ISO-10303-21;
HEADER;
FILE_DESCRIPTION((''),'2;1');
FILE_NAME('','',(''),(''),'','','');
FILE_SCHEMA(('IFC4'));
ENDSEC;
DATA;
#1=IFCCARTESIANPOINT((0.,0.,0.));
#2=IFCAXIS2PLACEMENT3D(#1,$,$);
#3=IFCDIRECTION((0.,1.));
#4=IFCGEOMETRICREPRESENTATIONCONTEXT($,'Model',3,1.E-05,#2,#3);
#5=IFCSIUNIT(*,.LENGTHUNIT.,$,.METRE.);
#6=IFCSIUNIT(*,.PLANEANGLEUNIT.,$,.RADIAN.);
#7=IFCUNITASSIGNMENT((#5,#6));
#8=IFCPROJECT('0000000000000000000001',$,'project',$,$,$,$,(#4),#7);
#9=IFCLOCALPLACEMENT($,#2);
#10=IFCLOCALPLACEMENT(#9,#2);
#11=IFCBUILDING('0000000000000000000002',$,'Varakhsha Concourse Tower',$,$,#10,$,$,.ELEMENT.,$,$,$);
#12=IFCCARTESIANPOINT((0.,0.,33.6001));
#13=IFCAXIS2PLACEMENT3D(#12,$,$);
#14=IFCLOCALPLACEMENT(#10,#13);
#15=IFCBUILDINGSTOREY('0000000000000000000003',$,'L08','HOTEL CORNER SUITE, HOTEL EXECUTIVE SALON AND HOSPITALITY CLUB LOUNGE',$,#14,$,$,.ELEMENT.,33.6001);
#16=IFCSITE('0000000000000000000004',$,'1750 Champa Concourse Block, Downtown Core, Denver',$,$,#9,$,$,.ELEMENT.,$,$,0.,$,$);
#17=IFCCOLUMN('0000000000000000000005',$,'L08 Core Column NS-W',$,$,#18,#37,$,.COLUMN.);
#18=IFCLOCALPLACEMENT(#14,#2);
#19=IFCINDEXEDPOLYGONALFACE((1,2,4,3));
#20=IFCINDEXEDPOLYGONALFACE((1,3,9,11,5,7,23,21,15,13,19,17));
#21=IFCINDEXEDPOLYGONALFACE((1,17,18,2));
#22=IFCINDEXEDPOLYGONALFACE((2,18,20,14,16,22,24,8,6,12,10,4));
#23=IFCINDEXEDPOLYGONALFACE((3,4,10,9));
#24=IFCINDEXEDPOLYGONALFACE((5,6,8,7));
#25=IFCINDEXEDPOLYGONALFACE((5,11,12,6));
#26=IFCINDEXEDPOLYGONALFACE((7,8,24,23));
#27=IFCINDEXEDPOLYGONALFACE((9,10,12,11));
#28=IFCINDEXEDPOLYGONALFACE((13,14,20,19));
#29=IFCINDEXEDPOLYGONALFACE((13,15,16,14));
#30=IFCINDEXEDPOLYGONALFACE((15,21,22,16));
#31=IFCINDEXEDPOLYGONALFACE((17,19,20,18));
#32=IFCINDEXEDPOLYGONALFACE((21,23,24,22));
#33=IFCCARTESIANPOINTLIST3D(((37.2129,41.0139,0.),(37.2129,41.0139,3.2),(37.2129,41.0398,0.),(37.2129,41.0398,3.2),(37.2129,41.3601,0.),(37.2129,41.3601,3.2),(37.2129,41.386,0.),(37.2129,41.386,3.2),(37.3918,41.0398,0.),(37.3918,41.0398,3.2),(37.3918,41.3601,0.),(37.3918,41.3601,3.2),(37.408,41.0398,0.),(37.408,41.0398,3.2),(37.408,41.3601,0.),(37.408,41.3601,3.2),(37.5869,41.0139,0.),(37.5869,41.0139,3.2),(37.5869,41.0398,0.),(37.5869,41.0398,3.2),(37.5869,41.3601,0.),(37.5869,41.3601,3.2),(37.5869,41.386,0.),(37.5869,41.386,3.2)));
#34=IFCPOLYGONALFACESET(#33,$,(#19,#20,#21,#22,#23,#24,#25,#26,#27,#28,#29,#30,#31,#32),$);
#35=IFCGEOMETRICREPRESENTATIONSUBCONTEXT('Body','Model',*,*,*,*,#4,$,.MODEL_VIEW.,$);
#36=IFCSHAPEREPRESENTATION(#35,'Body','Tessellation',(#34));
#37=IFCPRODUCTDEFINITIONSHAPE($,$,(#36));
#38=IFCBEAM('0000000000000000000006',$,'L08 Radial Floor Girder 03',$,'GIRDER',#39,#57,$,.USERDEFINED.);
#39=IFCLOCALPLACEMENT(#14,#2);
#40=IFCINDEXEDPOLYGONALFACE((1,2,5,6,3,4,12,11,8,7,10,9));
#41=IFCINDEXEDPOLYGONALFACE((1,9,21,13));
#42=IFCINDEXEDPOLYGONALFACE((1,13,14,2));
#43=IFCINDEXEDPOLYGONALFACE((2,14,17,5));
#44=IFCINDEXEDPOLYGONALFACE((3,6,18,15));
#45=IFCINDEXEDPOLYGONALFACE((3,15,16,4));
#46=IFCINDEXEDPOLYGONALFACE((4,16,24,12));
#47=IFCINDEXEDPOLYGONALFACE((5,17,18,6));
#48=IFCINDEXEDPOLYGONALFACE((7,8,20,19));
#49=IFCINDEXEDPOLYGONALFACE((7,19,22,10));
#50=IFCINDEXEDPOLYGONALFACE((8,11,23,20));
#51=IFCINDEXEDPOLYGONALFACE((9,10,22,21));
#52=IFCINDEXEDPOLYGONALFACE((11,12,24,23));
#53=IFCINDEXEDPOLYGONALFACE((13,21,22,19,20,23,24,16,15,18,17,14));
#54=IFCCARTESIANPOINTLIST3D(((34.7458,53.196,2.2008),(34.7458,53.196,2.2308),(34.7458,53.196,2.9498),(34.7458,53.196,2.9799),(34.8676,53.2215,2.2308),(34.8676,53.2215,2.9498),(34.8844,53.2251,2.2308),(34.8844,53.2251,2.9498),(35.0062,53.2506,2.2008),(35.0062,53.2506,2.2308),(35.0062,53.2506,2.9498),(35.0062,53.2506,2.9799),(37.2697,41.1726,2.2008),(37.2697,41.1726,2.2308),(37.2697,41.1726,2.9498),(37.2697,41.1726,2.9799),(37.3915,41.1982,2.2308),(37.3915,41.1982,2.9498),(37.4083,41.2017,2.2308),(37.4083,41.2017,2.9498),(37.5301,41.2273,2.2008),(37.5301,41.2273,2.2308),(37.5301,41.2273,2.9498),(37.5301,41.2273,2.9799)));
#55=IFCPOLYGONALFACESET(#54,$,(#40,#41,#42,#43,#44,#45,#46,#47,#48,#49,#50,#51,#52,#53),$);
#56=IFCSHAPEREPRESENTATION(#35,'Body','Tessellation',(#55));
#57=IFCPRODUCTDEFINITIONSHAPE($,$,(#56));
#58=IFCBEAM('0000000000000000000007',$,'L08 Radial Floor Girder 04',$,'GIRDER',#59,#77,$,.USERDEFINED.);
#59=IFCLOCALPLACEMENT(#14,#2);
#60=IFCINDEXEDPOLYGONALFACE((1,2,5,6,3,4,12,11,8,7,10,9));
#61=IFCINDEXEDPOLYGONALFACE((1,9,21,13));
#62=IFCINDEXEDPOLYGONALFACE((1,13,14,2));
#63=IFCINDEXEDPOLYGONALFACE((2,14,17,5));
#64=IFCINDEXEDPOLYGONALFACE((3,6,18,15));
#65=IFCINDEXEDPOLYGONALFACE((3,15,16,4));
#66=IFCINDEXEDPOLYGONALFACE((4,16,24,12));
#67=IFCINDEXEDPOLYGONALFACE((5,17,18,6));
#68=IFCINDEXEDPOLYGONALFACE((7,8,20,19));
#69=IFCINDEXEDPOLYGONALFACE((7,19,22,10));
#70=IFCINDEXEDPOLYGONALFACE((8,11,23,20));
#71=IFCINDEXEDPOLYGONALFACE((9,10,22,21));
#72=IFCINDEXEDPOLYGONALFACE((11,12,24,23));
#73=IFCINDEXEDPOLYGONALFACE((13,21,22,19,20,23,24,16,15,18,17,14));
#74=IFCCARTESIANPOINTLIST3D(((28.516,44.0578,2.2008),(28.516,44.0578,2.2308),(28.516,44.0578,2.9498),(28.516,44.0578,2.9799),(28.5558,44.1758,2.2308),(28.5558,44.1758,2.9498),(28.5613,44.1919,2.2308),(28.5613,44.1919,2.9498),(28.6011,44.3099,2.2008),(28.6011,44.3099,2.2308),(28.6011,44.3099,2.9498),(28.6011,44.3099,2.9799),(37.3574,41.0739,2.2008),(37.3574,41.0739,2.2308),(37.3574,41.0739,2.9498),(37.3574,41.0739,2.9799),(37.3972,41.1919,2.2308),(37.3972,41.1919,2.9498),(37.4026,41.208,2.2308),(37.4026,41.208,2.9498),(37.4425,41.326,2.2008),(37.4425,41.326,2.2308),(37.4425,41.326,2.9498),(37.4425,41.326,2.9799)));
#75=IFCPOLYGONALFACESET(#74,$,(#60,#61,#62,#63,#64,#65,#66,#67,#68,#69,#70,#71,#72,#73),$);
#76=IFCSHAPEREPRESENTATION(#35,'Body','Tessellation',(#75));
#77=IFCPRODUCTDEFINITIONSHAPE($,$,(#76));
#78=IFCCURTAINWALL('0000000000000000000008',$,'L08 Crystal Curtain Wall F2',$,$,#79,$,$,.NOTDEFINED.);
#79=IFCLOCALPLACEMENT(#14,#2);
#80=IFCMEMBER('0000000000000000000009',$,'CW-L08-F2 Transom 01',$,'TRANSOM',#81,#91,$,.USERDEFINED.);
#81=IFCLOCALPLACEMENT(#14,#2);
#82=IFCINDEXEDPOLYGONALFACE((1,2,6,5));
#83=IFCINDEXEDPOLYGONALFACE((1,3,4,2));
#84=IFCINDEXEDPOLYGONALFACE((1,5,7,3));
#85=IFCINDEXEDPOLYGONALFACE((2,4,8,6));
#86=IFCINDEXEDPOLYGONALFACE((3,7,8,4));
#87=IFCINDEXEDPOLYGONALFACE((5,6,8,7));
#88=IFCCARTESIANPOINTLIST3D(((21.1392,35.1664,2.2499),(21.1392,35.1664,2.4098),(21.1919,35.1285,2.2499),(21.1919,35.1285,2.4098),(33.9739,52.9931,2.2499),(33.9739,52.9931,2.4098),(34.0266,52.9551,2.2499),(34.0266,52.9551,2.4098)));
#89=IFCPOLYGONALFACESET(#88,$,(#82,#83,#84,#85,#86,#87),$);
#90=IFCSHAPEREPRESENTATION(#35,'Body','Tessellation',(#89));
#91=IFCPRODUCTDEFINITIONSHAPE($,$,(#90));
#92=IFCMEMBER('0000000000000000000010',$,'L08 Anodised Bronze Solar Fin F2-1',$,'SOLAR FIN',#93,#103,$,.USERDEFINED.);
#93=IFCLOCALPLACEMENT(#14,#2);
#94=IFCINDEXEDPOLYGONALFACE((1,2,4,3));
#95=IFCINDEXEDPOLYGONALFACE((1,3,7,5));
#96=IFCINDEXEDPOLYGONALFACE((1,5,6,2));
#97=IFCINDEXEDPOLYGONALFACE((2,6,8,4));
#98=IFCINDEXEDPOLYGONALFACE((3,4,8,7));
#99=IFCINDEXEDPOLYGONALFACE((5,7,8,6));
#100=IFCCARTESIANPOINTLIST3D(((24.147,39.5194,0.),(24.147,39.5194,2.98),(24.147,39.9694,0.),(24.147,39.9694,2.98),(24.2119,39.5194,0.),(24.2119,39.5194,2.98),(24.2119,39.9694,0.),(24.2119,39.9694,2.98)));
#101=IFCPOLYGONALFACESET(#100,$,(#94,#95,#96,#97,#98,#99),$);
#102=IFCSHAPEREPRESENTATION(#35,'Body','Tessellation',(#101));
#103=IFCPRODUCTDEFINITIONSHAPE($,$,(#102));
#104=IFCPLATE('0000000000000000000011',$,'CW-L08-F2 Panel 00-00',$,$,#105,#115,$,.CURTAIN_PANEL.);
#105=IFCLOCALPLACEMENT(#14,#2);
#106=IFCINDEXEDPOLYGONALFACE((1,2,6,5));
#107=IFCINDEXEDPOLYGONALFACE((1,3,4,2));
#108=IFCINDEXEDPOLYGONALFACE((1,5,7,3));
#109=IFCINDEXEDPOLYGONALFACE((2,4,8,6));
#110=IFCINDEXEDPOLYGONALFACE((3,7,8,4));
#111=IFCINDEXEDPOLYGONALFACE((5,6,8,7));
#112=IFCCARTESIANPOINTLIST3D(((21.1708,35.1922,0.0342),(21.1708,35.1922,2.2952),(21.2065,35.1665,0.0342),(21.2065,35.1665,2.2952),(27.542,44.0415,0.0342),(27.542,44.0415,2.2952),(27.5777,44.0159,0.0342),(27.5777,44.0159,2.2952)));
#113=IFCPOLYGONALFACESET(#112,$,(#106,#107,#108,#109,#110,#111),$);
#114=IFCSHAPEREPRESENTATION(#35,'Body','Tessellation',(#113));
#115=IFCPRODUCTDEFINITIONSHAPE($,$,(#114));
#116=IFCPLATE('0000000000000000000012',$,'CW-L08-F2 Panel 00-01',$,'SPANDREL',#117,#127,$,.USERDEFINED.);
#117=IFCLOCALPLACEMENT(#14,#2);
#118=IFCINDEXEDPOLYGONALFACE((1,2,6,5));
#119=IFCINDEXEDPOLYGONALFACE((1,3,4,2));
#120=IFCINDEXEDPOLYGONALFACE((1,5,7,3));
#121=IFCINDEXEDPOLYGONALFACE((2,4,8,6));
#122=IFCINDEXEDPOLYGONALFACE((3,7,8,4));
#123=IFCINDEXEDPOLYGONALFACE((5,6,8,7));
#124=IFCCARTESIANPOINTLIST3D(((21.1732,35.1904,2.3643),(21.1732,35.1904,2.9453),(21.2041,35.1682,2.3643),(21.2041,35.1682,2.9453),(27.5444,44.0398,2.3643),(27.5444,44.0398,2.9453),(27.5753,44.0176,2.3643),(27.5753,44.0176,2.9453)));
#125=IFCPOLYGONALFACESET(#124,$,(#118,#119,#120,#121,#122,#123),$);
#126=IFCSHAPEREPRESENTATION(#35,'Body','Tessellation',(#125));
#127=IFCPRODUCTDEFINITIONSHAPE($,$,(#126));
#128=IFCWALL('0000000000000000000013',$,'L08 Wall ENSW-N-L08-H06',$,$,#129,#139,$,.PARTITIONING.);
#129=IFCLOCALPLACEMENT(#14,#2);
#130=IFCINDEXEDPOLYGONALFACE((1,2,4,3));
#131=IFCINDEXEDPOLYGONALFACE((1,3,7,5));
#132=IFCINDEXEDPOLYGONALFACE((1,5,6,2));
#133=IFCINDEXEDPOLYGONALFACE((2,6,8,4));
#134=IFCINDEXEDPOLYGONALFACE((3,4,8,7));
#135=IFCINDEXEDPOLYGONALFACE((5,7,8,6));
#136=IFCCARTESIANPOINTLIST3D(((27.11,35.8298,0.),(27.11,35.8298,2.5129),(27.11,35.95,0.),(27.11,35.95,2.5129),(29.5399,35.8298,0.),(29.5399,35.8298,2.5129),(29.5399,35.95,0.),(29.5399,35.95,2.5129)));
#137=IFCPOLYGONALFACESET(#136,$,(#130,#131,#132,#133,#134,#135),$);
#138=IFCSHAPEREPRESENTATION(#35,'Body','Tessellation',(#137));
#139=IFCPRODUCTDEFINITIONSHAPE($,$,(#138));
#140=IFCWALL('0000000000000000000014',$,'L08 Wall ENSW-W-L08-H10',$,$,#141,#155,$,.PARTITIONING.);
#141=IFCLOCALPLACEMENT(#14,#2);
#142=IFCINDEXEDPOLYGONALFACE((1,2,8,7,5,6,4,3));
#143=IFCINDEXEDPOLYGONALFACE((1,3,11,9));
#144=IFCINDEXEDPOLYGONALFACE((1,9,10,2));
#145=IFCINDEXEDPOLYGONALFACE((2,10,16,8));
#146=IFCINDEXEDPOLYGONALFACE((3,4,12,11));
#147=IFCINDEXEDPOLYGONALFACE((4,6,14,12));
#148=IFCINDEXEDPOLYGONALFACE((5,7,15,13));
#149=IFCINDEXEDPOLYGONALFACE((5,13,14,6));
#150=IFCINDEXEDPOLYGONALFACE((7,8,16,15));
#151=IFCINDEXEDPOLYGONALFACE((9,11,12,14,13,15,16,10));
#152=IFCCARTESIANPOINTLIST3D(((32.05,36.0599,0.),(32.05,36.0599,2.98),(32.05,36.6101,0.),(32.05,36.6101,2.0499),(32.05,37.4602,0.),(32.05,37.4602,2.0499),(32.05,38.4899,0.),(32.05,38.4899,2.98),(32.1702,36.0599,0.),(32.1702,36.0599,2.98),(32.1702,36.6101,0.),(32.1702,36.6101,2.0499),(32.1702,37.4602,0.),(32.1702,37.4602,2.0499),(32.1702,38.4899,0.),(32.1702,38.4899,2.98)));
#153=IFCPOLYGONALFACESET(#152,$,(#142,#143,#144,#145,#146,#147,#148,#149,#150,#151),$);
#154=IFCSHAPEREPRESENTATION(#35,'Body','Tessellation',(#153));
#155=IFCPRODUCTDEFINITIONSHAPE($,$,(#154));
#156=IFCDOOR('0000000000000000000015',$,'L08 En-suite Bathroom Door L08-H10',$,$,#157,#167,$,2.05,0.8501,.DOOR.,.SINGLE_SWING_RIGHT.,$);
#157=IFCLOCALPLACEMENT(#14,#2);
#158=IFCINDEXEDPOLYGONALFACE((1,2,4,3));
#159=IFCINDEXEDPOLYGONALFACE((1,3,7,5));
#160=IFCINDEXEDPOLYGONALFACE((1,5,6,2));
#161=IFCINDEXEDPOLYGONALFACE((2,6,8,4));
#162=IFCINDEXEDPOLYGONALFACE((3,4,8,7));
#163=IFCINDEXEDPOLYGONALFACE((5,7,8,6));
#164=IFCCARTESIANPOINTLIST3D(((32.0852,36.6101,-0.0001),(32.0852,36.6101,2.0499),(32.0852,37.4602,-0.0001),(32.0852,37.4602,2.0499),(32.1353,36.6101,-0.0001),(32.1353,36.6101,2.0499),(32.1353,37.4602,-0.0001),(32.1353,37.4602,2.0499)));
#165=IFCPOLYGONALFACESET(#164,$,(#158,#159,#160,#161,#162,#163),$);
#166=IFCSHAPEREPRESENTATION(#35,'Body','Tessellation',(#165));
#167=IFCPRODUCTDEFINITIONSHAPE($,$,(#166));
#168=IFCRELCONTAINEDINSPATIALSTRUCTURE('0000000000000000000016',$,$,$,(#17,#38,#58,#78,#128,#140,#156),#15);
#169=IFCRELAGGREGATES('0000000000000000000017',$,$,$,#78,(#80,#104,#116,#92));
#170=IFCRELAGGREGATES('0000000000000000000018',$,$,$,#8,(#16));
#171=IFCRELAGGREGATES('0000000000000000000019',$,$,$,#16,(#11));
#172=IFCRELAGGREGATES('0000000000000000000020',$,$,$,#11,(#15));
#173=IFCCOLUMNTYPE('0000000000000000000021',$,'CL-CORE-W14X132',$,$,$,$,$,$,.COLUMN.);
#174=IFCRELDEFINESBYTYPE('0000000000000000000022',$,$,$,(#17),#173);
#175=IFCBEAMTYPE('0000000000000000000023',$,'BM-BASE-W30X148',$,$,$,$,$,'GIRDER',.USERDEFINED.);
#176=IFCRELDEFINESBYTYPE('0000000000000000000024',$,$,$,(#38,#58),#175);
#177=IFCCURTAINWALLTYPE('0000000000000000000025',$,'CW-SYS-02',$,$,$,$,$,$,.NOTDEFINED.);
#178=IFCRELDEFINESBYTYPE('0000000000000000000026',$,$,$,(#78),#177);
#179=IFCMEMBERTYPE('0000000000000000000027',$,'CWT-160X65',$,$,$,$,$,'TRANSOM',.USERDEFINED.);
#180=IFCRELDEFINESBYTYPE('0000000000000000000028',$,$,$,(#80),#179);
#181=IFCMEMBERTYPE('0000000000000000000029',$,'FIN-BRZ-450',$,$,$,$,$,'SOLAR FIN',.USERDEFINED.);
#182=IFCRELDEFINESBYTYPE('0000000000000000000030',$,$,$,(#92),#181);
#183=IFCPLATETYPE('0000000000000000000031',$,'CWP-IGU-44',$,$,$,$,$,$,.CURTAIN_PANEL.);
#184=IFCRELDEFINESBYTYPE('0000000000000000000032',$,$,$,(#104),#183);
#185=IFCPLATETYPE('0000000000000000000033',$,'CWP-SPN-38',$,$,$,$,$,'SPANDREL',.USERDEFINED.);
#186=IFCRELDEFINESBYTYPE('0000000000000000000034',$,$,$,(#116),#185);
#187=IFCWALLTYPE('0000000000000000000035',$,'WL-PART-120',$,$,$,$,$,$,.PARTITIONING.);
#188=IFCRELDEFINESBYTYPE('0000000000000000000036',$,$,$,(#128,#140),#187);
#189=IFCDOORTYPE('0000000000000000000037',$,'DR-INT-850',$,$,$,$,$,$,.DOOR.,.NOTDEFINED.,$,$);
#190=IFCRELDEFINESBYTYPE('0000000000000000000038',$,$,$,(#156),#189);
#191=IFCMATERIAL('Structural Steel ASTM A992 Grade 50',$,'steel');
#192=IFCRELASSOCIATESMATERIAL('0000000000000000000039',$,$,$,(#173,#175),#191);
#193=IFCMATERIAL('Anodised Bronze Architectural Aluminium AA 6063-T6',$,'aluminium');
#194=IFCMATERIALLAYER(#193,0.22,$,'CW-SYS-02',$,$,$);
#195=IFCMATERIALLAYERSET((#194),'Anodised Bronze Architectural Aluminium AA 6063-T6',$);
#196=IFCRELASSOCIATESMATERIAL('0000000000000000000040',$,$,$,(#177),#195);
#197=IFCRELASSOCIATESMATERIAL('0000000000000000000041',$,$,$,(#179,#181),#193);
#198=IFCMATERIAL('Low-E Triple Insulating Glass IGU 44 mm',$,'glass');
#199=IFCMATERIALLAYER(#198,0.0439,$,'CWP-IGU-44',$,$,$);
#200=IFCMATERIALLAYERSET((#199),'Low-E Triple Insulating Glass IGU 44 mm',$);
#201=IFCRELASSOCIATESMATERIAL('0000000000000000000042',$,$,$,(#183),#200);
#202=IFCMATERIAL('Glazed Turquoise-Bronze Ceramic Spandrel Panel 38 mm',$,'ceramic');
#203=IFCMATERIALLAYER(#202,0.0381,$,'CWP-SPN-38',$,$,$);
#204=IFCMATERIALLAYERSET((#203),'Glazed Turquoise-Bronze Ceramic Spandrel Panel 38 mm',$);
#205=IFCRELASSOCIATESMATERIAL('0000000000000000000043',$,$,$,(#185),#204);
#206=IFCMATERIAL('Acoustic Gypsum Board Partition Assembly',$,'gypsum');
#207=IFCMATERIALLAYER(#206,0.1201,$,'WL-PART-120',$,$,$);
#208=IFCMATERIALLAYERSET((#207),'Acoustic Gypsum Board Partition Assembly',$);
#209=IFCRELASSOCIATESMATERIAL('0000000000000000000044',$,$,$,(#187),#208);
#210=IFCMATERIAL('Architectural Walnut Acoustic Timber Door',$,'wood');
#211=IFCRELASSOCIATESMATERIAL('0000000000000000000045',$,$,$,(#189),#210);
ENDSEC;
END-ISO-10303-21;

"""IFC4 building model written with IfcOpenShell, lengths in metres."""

from ifc_helpers import new_model, si_unit, direction, frame, frame_2d, origin, origin_2d, place, context, subcontext, project, spatial, rectangle, i_section, extrude, source, transform, mapped, material, layer, layer_set, material_profile, profile_set, type_object, type_shapes, element, fill, aggregate, save


model = new_model("IFC4")

# Units and contexts
model_context = context("Model", 3, precision=1e-05, world=origin(), true_north=direction((0.0, 1.0)))
body_context = subcontext(model_context, "Body", "Model", "MODEL_VIEW")
ifc_project = project(units=[si_unit("LENGTHUNIT", "METRE"), si_unit("PLANEANGLEUNIT", "RADIAN")], contexts=[model_context])

# Site, building, storey
site_placement = place(None, origin())
site = spatial("IfcSite", under=ifc_project, at=site_placement, Name="1750 Champa Concourse Block, Downtown Core, Denver", CompositionType="ELEMENT", RefElevation=0.0)
building_placement = place(site_placement, origin())
building = spatial("IfcBuilding", under=site, at=building_placement, Name="Varakhsha Concourse Tower", CompositionType="ELEMENT")
storey_placement = place(building_placement, frame((0.0, 0.0, 33.6001)))
storey = spatial("IfcBuildingStorey", under=building, at=storey_placement, Name="L08", Description="HOTEL CORNER SUITE, HOTEL EXECUTIVE SALON AND HOSPITALITY CLUB LOUNGE", CompositionType="ELEMENT", Elevation=33.6001)

# Column
ifc_material_1 = material(Name="Structural Steel ASTM A992 Grade 50", Category="steel")
ifc_material_profile_1 = material_profile(ifc_material_1, i_section(OverallWidth=0.374, OverallDepth=0.3721, WebThickness=0.0161, FlangeThickness=0.0259, at=origin_2d()), Name="W14X132")
ifc_profile_set_1 = profile_set([ifc_material_profile_1], Name="Structural Steel ASTM A992 Grade 50")
column_type = type_object("IfcColumnType", Name="CL-CORE-W14X132", PredefinedType="COLUMN", material=ifc_profile_set_1)
column_placement = place(storey_placement, frame((37.3999, 41.2, 0.0), z_axis=(0.0, 0.0, 1.0), x_axis=(1.0, 0.0, 0.0)))
element("IfcColumn", 1, at=column_placement, inside=storey, type_object=column_type, Name="L08 Core Column NS-W", PredefinedType="COLUMN", context=body_context, shape_type="SweptSolid", body=[
    extrude(i_section(OverallWidth=0.374, OverallDepth=0.3721, WebThickness=0.0161, FlangeThickness=0.0259, at=origin_2d()), origin(), (0.0, 0.0, 1.0), 3.2),
])

# Beams
ifc_material_profile_2 = material_profile(ifc_material_1, i_section(OverallWidth=0.2661, OverallDepth=0.7791, WebThickness=0.0171, FlangeThickness=0.03, at=origin_2d()), Name="W30X148")
ifc_profile_set_2 = profile_set([ifc_material_profile_2], Name="Structural Steel ASTM A992 Grade 50")
beam_type = type_object("IfcBeamType", Name="BM-BASE-W30X148", ElementType="GIRDER", PredefinedType="USERDEFINED", material=ifc_profile_set_2)
beam_1_placement = place(storey_placement, frame((37.3999, 41.2, 2.5903), z_axis=(-0.20544, 0.97867, 0.0), x_axis=(-0.97867, -0.20544, 0.0)))
element("IfcBeam", 2, at=beam_1_placement, inside=storey, type_object=beam_type, Name="L08 Radial Floor Girder 03", ObjectType="GIRDER", PredefinedType="USERDEFINED", context=body_context, shape_type="SweptSolid", body=[
    extrude(i_section(OverallWidth=0.2661, OverallDepth=0.7791, WebThickness=0.0171, FlangeThickness=0.03, at=origin_2d()), origin(), (0.0, 0.0, 1.0), 12.2854),
])
beam_2_placement = place(storey_placement, frame((37.3999, 41.2, 2.5903), z_axis=(-0.947494, 0.319773, 0.0), x_axis=(-0.319773, -0.947494, 0.0)))
element("IfcBeam", 3, at=beam_2_placement, inside=storey, type_object=beam_type, Name="L08 Radial Floor Girder 04", ObjectType="GIRDER", PredefinedType="USERDEFINED", context=body_context, shape_type="SweptSolid", body=[
    extrude(i_section(OverallWidth=0.2661, OverallDepth=0.7791, WebThickness=0.0171, FlangeThickness=0.03, at=origin_2d()), origin(), (0.0, 0.0, 1.0), 9.3313),
])

# Curtain wall, members, plates
ifc_material_2 = material(Name="Anodised Bronze Architectural Aluminium AA 6063-T6", Category="aluminium")
ifc_layer_1 = layer(ifc_material_2, 0.22, Name="CW-SYS-02")
ifc_layer_set_1 = layer_set([ifc_layer_1], Name="Anodised Bronze Architectural Aluminium AA 6063-T6")
curtain_wall_type = type_object("IfcCurtainWallType", Name="CW-SYS-02", PredefinedType="NOTDEFINED", material=ifc_layer_set_1)
curtain_wall_placement = place(storey_placement, origin())
curtain_wall = element("IfcCurtainWall", 4, at=curtain_wall_placement, inside=storey, type_object=curtain_wall_type, Name="L08 Crystal Curtain Wall F2", PredefinedType="NOTDEFINED")
ifc_material_profile_3 = material_profile(ifc_material_2, rectangle(XDim=0.0649, YDim=0.1599, at=origin_2d()), Name="CWT-160X65")
ifc_profile_set_3 = profile_set([ifc_material_profile_3], Name="Anodised Bronze Architectural Aluminium AA 6063-T6")
member_type_1 = type_object("IfcMemberType", Name="CWT-160X65", ElementType="TRANSOM", PredefinedType="USERDEFINED", material=ifc_profile_set_3)
shared_shape_1 = source(origin(), body_context, "Body", "SweptSolid", [
    extrude(rectangle(XDim=0.0649, YDim=0.1599, at=origin_2d()), origin(), (0.0, 0.0, 1.0), 21.9663),
])
type_shapes(member_type_1, [shared_shape_1])
member_1_placement = place(storey_placement, frame((21.1655, 35.1475, 2.3298), z_axis=(0.58429, 0.811545, 0.0), x_axis=(-0.811545, 0.58429, 0.0)))
member_1 = element("IfcMember", 5, at=member_1_placement, type_object=member_type_1, Name="CW-L08-F2 Transom 01", ObjectType="TRANSOM", PredefinedType="USERDEFINED", context=body_context, shape_type="MappedRepresentation", body=[
    mapped(shared_shape_1, transform((0.0, 0.0, 0.0), scale=1.0)),
])
ifc_material_profile_4 = material_profile(ifc_material_2, rectangle(XDim=0.0649, YDim=0.45, at=origin_2d()), Name="FIN-BRZ-450")
ifc_profile_set_4 = profile_set([ifc_material_profile_4], Name="Anodised Bronze Architectural Aluminium AA 6063-T6")
member_type_2 = type_object("IfcMemberType", Name="FIN-BRZ-450", ElementType="SOLAR FIN", PredefinedType="USERDEFINED", material=ifc_profile_set_4)
shared_shape_2 = source(origin(), body_context, "Body", "SweptSolid", [
    extrude(rectangle(XDim=0.0649, YDim=0.45, at=origin_2d()), origin(), (0.0, 0.0, 1.0), 2.98),
])
type_shapes(member_type_2, [shared_shape_2])
member_2_placement = place(storey_placement, frame((24.1794, 39.7444, 0.0), z_axis=(0.0, 0.0, 1.0), x_axis=(1.0, 0.0, 0.0)))
member_2 = element("IfcMember", 6, at=member_2_placement, type_object=member_type_2, Name="L08 Anodised Bronze Solar Fin F2-1", ObjectType="SOLAR FIN", PredefinedType="USERDEFINED", context=body_context, shape_type="MappedRepresentation", body=[
    mapped(shared_shape_2, transform((0.0, 0.0, 0.0), scale=1.0)),
])
ifc_material_3 = material(Name="Low-E Triple Insulating Glass IGU 44 mm", Category="glass")
ifc_layer_2 = layer(ifc_material_3, 0.0439, Name="CWP-IGU-44")
ifc_layer_set_2 = layer_set([ifc_layer_2], Name="Low-E Triple Insulating Glass IGU 44 mm")
plate_type_1 = type_object("IfcPlateType", Name="CWP-IGU-44", PredefinedType="CURTAIN_PANEL", material=ifc_layer_set_2)
shared_shape_3 = source(origin(), body_context, "Body", "SweptSolid", [
    extrude(rectangle(XDim=10.9043, YDim=0.0439, at=origin_2d()), origin(), (0.0, 0.0, 1.0), 2.261),
])
type_shapes(plate_type_1, [shared_shape_3])
plate_1_placement = place(storey_placement, frame((24.3743, 39.604, 0.0342), z_axis=(0.0, 0.0, 1.0), x_axis=(0.584284, 0.81155, 0.0)))
plate_1 = element("IfcPlate", 7, at=plate_1_placement, type_object=plate_type_1, Name="CW-L08-F2 Panel 00-00", PredefinedType="CURTAIN_PANEL", context=body_context, shape_type="MappedRepresentation", body=[
    mapped(shared_shape_3, transform((0.0, 0.0, 0.0), scale=1.0)),
])
ifc_material_4 = material(Name="Glazed Turquoise-Bronze Ceramic Spandrel Panel 38 mm", Category="ceramic")
ifc_layer_3 = layer(ifc_material_4, 0.0381, Name="CWP-SPN-38")
ifc_layer_set_3 = layer_set([ifc_layer_3], Name="Glazed Turquoise-Bronze Ceramic Spandrel Panel 38 mm")
plate_type_2 = type_object("IfcPlateType", Name="CWP-SPN-38", ElementType="SPANDREL", PredefinedType="USERDEFINED", material=ifc_layer_set_3)
shared_shape_4 = source(origin(), body_context, "Body", "SweptSolid", [
    extrude(rectangle(XDim=10.9043, YDim=0.0381, at=origin_2d()), origin(), (0.0, 0.0, 1.0), 0.5811),
])
type_shapes(plate_type_2, [shared_shape_4])
plate_2_placement = place(storey_placement, frame((24.3743, 39.604, 2.3643), z_axis=(0.0, 0.0, 1.0), x_axis=(0.584284, 0.81155, 0.0)))
plate_2 = element("IfcPlate", 8, at=plate_2_placement, type_object=plate_type_2, Name="CW-L08-F2 Panel 00-01", ObjectType="SPANDREL", PredefinedType="USERDEFINED", context=body_context, shape_type="MappedRepresentation", body=[
    mapped(shared_shape_4, transform((0.0, 0.0, 0.0), scale=1.0)),
])
aggregate(curtain_wall, [member_1, plate_1, plate_2, member_2])

# Wall
ifc_material_5 = material(Name="Acoustic Gypsum Board Partition Assembly", Category="gypsum")
ifc_layer_4 = layer(ifc_material_5, 0.1201, Name="WL-PART-120")
ifc_layer_set_4 = layer_set([ifc_layer_4], Name="Acoustic Gypsum Board Partition Assembly")
wall_type_1 = type_object("IfcWallType", Name="WL-PART-120", PredefinedType="PARTITIONING", material=ifc_layer_set_4)
wall_1_placement = place(storey_placement, frame((27.1101, 35.8899, 0.0), z_axis=(0.0, 0.0, 1.0), x_axis=(1.0, 0.0, 0.0)))
element("IfcWall", 9, at=wall_1_placement, inside=storey, type_object=wall_type_1, Name="L08 Wall ENSW-N-L08-H06", PredefinedType="PARTITIONING", context=body_context, shape_type="SweptSolid", body=[
    extrude(rectangle(XDim=2.4299, YDim=0.1201, at=frame_2d((1.2148, 0.0))), origin(), (0.0, 0.0, 1.0), 2.5129),
])

# Wall, opening, door
wall_2_placement = place(storey_placement, frame((32.1101, 36.0601, 0.0), z_axis=(0.0, 0.0, 1.0), x_axis=(0.0, 1.0, 0.0)))
wall_2 = element("IfcWall", 10, at=wall_2_placement, inside=storey, type_object=wall_type_1, Name="L08 Wall ENSW-W-L08-H10", PredefinedType="PARTITIONING", context=body_context, shape_type="SweptSolid", body=[
    extrude(rectangle(XDim=2.4299, YDim=0.1201, at=frame_2d((1.2148, 0.0))), origin(), (0.0, 0.0, 1.0), 2.98),
])
opening_1_placement = place(wall_2_placement, frame((0.55, 0.0, 0.0)))
opening_1 = element("IfcOpeningElement", 11, at=opening_1_placement, cuts=wall_2, PredefinedType="OPENING", context=body_context, shape_type="SweptSolid", body=[
    extrude(rectangle(XDim=0.8501, YDim=2.05, at=frame_2d((0.425, 1.0249))), frame((0.0, 0.0701, 0.0), z_axis=(0.0, -1.0, 0.0), x_axis=(1.0, 0.0, 0.0)), (0.0, 0.0, 1.0), 0.1401),
])
ifc_material_6 = material(Name="Architectural Walnut Acoustic Timber Door", Category="wood")
door_type_1 = type_object("IfcDoorType", Name="DR-INT-850", OperationType="NOTDEFINED", PredefinedType="DOOR", material=ifc_material_6)
door_1_placement = place(opening_1_placement, origin())
door_1 = element("IfcDoor", 12, at=door_1_placement, inside=storey, type_object=door_type_1, Name="L08 En-suite Bathroom Door L08-H10", OperationType="SINGLE_SWING_RIGHT", OverallHeight=2.05, OverallWidth=0.8501, PredefinedType="DOOR", context=body_context, shape_type="SweptSolid", body=[
    extrude(rectangle(XDim=0.8501, YDim=2.05, at=frame_2d((0.425, 1.0249))), frame((0.0, 0.0249, 0.0), z_axis=(0.0, -1.0, 0.0), x_axis=(1.0, 0.0, 0.0)), (0.0, 0.0, 1.0), 0.05),
])
fill(opening_1, door_1)

save(model, "model.ifc")
